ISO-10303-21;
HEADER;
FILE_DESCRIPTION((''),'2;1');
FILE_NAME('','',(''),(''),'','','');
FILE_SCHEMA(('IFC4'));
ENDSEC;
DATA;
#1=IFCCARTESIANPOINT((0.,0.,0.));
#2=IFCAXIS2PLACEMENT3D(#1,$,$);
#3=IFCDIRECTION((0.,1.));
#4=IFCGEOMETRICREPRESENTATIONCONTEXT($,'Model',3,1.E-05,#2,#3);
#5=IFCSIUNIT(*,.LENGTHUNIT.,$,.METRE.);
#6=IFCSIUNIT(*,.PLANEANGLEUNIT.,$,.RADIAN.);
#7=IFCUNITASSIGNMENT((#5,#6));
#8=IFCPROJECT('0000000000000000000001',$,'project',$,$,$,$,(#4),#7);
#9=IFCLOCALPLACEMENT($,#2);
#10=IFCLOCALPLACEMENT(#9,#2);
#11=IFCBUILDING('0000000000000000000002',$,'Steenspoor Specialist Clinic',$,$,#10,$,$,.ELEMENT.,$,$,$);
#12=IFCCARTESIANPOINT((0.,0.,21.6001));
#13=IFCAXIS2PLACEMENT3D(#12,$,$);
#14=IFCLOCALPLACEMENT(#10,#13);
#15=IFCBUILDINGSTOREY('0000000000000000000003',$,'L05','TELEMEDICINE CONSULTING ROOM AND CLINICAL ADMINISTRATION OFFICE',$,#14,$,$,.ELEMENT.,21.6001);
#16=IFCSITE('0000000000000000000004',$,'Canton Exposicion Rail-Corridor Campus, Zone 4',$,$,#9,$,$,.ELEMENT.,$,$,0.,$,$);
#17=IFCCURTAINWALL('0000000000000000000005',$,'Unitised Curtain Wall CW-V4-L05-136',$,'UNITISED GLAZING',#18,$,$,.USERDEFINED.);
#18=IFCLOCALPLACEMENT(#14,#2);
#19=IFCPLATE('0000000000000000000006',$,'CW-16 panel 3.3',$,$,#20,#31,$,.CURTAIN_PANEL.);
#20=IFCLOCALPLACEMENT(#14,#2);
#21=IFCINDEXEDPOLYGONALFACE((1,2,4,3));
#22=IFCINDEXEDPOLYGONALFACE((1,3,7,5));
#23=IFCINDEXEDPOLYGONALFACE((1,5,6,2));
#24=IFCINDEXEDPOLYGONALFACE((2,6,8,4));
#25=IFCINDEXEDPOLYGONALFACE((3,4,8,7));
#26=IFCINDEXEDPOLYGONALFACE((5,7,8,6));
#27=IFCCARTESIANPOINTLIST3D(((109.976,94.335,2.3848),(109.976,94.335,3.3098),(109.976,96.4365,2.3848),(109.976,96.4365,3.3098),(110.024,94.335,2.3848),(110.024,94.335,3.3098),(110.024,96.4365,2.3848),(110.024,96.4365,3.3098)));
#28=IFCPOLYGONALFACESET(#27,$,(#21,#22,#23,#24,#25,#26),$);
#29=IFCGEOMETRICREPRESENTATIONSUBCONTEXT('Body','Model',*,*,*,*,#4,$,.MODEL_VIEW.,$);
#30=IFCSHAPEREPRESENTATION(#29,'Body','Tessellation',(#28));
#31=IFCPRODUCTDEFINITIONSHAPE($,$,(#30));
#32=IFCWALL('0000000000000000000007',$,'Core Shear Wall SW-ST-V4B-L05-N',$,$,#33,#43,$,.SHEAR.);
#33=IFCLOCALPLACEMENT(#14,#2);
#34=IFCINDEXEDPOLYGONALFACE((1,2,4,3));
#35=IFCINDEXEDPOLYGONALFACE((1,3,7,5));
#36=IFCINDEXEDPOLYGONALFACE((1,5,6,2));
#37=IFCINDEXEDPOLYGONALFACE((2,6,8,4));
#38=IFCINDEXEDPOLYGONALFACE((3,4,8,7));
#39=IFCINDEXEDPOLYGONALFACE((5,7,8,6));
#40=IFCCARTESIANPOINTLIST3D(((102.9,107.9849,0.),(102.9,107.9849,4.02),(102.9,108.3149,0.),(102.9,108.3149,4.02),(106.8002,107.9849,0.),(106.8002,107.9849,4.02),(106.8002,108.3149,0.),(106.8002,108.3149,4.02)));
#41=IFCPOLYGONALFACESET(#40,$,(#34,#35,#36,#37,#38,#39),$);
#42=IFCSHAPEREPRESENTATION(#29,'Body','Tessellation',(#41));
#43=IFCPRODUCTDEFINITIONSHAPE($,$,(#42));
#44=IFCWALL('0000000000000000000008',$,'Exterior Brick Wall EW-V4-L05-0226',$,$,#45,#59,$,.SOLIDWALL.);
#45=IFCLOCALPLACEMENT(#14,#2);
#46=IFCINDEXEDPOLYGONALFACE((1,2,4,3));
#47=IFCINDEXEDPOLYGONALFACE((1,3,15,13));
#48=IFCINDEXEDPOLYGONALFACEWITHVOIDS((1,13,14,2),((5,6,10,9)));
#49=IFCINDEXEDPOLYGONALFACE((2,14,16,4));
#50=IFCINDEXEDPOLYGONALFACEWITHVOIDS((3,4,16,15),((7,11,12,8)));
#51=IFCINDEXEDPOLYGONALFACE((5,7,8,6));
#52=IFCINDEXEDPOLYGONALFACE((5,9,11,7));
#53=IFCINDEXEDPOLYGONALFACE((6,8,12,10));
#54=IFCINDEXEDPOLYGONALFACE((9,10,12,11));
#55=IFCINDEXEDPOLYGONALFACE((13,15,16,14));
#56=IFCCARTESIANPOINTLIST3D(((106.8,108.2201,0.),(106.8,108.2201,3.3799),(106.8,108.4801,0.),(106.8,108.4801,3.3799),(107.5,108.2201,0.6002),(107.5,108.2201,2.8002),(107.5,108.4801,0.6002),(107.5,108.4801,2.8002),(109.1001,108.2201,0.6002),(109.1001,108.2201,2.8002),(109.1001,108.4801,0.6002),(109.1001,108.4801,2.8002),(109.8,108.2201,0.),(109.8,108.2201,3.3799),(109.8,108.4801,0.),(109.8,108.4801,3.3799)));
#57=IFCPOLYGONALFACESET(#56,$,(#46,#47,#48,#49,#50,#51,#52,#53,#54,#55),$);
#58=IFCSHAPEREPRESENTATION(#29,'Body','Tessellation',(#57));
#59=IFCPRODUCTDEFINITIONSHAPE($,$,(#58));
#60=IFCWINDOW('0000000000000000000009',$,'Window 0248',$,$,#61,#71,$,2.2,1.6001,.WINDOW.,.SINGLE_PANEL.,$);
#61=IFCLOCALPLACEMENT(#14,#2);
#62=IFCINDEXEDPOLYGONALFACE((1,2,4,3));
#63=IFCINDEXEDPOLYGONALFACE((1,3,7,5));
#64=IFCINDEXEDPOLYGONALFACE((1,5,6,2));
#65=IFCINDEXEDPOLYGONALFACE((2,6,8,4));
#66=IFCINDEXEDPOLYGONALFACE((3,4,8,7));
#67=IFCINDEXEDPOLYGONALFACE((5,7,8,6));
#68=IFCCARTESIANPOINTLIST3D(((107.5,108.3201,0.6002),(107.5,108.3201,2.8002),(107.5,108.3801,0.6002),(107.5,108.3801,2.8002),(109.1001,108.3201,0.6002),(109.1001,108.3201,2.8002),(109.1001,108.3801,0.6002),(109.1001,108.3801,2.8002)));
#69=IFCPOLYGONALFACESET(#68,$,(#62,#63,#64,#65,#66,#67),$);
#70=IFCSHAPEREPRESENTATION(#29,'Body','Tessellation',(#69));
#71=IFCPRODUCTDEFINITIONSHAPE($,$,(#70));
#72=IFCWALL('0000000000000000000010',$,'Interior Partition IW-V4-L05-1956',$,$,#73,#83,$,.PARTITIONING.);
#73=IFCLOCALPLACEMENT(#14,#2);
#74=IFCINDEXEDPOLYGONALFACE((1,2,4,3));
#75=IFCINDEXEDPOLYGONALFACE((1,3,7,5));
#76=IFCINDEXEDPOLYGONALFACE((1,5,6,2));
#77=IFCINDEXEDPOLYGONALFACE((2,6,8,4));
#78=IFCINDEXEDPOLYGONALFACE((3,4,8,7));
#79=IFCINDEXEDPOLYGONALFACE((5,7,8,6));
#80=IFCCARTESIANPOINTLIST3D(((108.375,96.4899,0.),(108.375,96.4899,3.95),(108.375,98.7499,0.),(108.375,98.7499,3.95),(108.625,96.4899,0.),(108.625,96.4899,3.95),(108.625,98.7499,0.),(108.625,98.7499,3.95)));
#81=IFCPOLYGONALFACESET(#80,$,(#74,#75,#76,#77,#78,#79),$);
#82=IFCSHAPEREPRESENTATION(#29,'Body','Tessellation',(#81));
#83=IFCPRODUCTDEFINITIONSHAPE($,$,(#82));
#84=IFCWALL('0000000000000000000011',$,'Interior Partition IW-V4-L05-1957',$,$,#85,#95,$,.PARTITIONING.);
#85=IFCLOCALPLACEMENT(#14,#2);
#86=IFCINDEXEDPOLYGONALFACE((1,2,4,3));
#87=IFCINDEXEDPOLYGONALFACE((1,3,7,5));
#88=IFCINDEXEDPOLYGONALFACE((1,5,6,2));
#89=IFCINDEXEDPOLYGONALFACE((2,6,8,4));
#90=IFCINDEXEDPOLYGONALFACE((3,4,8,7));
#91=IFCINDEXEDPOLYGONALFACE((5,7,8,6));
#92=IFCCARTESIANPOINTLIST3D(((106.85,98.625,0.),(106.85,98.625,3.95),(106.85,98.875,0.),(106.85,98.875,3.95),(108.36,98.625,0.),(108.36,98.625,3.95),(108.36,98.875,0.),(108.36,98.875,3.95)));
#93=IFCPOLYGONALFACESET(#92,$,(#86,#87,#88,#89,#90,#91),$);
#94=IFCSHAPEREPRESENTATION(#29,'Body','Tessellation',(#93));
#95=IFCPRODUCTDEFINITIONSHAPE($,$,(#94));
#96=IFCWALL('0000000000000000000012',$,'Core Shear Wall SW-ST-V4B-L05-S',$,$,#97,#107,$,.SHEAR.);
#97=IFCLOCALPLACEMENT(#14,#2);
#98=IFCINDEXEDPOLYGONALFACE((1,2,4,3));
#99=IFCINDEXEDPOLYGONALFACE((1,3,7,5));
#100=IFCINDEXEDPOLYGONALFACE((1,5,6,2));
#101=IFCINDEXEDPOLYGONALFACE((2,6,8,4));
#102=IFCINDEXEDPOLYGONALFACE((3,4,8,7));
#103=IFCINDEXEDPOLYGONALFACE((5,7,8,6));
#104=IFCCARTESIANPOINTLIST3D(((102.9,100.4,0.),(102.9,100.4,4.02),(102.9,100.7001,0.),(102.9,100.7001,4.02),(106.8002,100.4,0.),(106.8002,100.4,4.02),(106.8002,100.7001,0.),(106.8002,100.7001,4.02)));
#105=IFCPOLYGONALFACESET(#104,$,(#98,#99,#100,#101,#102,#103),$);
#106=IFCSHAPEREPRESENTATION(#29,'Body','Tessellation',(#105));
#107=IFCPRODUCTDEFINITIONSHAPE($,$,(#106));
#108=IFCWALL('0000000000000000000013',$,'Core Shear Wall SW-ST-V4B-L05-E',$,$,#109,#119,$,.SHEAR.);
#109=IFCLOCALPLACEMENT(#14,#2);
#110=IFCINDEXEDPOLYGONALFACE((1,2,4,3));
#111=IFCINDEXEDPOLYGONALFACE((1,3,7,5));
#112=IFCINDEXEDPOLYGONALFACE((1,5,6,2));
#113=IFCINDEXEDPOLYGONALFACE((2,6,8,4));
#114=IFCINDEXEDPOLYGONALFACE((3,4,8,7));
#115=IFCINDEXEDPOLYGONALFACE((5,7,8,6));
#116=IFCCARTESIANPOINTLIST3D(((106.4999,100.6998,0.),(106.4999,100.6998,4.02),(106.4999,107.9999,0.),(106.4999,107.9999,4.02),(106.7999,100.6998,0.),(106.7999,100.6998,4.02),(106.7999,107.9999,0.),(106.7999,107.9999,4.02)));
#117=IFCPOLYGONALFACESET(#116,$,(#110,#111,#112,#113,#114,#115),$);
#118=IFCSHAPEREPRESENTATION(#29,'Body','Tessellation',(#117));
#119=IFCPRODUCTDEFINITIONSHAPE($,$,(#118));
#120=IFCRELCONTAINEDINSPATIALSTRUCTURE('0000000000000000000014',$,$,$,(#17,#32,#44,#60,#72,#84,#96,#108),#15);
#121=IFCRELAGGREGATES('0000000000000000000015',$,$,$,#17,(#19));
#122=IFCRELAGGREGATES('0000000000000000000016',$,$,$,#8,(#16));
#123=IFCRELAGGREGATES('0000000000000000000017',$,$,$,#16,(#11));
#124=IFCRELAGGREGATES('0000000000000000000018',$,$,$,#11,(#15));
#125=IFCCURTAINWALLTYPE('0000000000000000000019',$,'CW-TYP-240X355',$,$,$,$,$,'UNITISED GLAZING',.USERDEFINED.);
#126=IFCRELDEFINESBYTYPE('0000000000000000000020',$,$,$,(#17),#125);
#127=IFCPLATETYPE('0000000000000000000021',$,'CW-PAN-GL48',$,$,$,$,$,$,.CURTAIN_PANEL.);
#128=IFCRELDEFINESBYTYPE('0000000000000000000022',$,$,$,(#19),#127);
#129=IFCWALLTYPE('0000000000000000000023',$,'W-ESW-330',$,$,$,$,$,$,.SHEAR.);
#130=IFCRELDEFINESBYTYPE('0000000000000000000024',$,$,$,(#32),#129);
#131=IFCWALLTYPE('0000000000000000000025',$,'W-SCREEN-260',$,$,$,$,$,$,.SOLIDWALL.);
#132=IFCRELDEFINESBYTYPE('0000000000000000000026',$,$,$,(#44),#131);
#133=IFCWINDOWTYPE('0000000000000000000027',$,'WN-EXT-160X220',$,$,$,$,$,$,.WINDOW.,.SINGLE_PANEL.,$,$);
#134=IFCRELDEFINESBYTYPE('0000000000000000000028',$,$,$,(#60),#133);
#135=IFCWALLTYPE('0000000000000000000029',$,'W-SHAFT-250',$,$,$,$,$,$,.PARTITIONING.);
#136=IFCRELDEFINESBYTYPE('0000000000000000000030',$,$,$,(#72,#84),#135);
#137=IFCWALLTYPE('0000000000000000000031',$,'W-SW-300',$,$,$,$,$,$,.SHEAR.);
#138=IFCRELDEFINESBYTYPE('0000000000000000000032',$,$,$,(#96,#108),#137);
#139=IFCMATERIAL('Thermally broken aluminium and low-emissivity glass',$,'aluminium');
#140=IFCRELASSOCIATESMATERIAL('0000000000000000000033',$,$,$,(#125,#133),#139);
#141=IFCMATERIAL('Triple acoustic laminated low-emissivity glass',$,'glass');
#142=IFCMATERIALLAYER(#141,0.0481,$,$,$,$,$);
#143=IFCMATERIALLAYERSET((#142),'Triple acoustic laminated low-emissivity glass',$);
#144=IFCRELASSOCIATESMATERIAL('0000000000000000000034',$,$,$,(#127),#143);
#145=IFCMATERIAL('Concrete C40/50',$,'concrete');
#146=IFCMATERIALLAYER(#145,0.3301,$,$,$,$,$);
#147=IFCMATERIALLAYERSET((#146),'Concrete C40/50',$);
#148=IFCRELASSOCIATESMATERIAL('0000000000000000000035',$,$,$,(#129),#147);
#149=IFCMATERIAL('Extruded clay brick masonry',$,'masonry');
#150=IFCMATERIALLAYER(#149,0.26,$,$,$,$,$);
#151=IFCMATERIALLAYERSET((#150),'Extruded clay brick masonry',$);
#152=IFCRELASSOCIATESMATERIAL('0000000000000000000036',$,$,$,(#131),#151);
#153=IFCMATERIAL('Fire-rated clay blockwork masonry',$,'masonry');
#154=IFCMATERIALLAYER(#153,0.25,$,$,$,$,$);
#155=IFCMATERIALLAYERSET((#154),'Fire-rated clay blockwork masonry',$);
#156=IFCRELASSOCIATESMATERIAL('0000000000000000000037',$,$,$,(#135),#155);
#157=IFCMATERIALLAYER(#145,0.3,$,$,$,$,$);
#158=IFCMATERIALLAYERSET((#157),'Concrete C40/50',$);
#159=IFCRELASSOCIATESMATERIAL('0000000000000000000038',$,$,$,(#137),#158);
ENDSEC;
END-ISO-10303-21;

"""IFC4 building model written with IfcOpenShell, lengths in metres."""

from ifc_helpers import new_model, si_unit, direction, frame, frame_2d, origin, origin_2d, place, context, subcontext, project, spatial, rectangle, extrude, material, layer, layer_set, type_object, element, fill, aggregate, save


model = new_model("IFC4")

# Units and contexts
model_context = context("Model", 3, precision=1e-05, world=origin(), true_north=direction((0.0, 1.0)))
body_context = subcontext(model_context, "Body", "Model", "MODEL_VIEW")
ifc_project = project(units=[si_unit("LENGTHUNIT", "METRE"), si_unit("PLANEANGLEUNIT", "RADIAN")], contexts=[model_context])

# Site, building, storey
site_placement = place(None, origin())
site = spatial("IfcSite", under=ifc_project, at=site_placement, Name="Canton Exposicion Rail-Corridor Campus, Zone 4", CompositionType="ELEMENT", RefElevation=0.0)
building_placement = place(site_placement, origin())
building = spatial("IfcBuilding", under=site, at=building_placement, Name="Steenspoor Specialist Clinic", CompositionType="ELEMENT")
storey_placement = place(building_placement, frame((0.0, 0.0, 21.6001)))
storey = spatial("IfcBuildingStorey", under=building, at=storey_placement, Name="L05", Description="TELEMEDICINE CONSULTING ROOM AND CLINICAL ADMINISTRATION OFFICE", CompositionType="ELEMENT", Elevation=21.6001)

# Curtain wall
ifc_material_1 = material(Name="Thermally broken aluminium and low-emissivity glass", Category="aluminium")
curtain_wall_type = type_object("IfcCurtainWallType", Name="CW-TYP-240X355", ElementType="UNITISED GLAZING", PredefinedType="USERDEFINED", material=ifc_material_1)
curtain_wall_placement = place(storey_placement, origin())
curtain_wall = element("IfcCurtainWall", 1, at=curtain_wall_placement, inside=storey, type_object=curtain_wall_type, Name="Unitised Curtain Wall CW-V4-L05-136", ObjectType="UNITISED GLAZING", PredefinedType="USERDEFINED")

# Plate
ifc_material_2 = material(Name="Triple acoustic laminated low-emissivity glass", Category="glass")
ifc_layer_1 = layer(ifc_material_2, 0.0481)
ifc_layer_set_1 = layer_set([ifc_layer_1], Name="Triple acoustic laminated low-emissivity glass")
plate_type = type_object("IfcPlateType", Name="CW-PAN-GL48", PredefinedType="CURTAIN_PANEL", material=ifc_layer_set_1)
plate_1_placement = place(storey_placement, frame((110.0, 95.3857, 2.3848), z_axis=(0.0, 0.0, 1.0), x_axis=(0.0, -1.0, 0.0)))
plate_1 = element("IfcPlate", 2, at=plate_1_placement, type_object=plate_type, Name="CW-16 panel 3.3", PredefinedType="CURTAIN_PANEL", context=body_context, shape_type="SweptSolid", body=[
    extrude(rectangle(XDim=2.1016, YDim=0.0481, at=origin_2d()), origin(), (0.0, 0.0, 1.0), 0.925),
])
aggregate(curtain_wall, [plate_1])

# Wall
ifc_material_3 = material(Name="Concrete C40/50", Category="concrete")
ifc_layer_2 = layer(ifc_material_3, 0.3301)
ifc_layer_set_2 = layer_set([ifc_layer_2], Name="Concrete C40/50")
wall_type_1 = type_object("IfcWallType", Name="W-ESW-330", PredefinedType="SHEAR", material=ifc_layer_set_2)
wall_1_placement = place(storey_placement, frame((102.8999, 108.1499, 0.0), z_axis=(0.0, 0.0, 1.0), x_axis=(1.0, 0.0, 0.0)))
element("IfcWall", 3, at=wall_1_placement, inside=storey, type_object=wall_type_1, Name="Core Shear Wall SW-ST-V4B-L05-N", PredefinedType="SHEAR", context=body_context, shape_type="SweptSolid", body=[
    extrude(rectangle(XDim=3.9001, YDim=0.3301, at=frame_2d((1.9502, 0.0))), origin(), (0.0, 0.0, 1.0), 4.02),
])

# Wall, opening, window
ifc_material_4 = material(Name="Extruded clay brick masonry", Category="masonry")
ifc_layer_3 = layer(ifc_material_4, 0.26)
ifc_layer_set_3 = layer_set([ifc_layer_3], Name="Extruded clay brick masonry")
wall_type_2 = type_object("IfcWallType", Name="W-SCREEN-260", PredefinedType="SOLIDWALL", material=ifc_layer_set_3)
wall_2_placement = place(storey_placement, frame((106.8, 108.3501, 0.0), z_axis=(0.0, 0.0, 1.0), x_axis=(1.0, 0.0, 0.0)))
wall_2 = element("IfcWall", 4, at=wall_2_placement, inside=storey, type_object=wall_type_2, Name="Exterior Brick Wall EW-V4-L05-0226", PredefinedType="SOLIDWALL", context=body_context, shape_type="SweptSolid", body=[
    extrude(rectangle(XDim=3.0, YDim=0.26, at=frame_2d((1.5, 0.0))), origin(), (0.0, 0.0, 1.0), 3.3799),
])
opening_1_placement = place(wall_2_placement, frame((0.7, 0.0, 0.6001)))
opening_1 = element("IfcOpeningElement", 5, at=opening_1_placement, cuts=wall_2, PredefinedType="OPENING", context=body_context, shape_type="SweptSolid", body=[
    extrude(rectangle(XDim=1.6001, YDim=2.2, at=frame_2d((0.8, 1.1001))), frame((0.0, 0.1401, 0.0), z_axis=(0.0, -1.0, 0.0), x_axis=(1.0, 0.0, 0.0)), (0.0, 0.0, 1.0), 0.28),
])
window_type = type_object("IfcWindowType", Name="WN-EXT-160X220", PartitioningType="SINGLE_PANEL", PredefinedType="WINDOW", material=ifc_material_1)
window_placement = place(opening_1_placement, origin())
window = element("IfcWindow", 6, at=window_placement, inside=storey, type_object=window_type, Name="Window 0248", OverallHeight=2.2, OverallWidth=1.6001, PartitioningType="SINGLE_PANEL", PredefinedType="WINDOW", context=body_context, shape_type="SweptSolid", body=[
    extrude(rectangle(XDim=1.6001, YDim=2.2, at=frame_2d((0.8, 1.1001))), frame((0.0, 0.03, 0.0), z_axis=(0.0, -1.0, 0.0), x_axis=(1.0, 0.0, 0.0)), (0.0, 0.0, 1.0), 0.0601),
])
fill(opening_1, window)

# Walls
ifc_material_5 = material(Name="Fire-rated clay blockwork masonry", Category="masonry")
ifc_layer_4 = layer(ifc_material_5, 0.25)
ifc_layer_set_4 = layer_set([ifc_layer_4], Name="Fire-rated clay blockwork masonry")
wall_type_3 = type_object("IfcWallType", Name="W-SHAFT-250", PredefinedType="PARTITIONING", material=ifc_layer_set_4)
wall_3_placement = place(storey_placement, frame((108.5, 96.49, 0.0), z_axis=(0.0, 0.0, 1.0), x_axis=(0.0, 1.0, 0.0)))
element("IfcWall", 7, at=wall_3_placement, inside=storey, type_object=wall_type_3, Name="Interior Partition IW-V4-L05-1956", PredefinedType="PARTITIONING", context=body_context, shape_type="SweptSolid", body=[
    extrude(rectangle(XDim=2.26, YDim=0.25, at=frame_2d((1.1299, 0.0))), origin(), (0.0, 0.0, 1.0), 3.95),
])
wall_4_placement = place(storey_placement, frame((106.8501, 98.75, 0.0), z_axis=(0.0, 0.0, 1.0), x_axis=(1.0, 0.0, 0.0)))
element("IfcWall", 8, at=wall_4_placement, inside=storey, type_object=wall_type_3, Name="Interior Partition IW-V4-L05-1957", PredefinedType="PARTITIONING", context=body_context, shape_type="SweptSolid", body=[
    extrude(rectangle(XDim=1.51, YDim=0.25, at=frame_2d((0.7549, 0.0))), origin(), (0.0, 0.0, 1.0), 3.95),
])
ifc_layer_5 = layer(ifc_material_3, 0.3)
ifc_layer_set_5 = layer_set([ifc_layer_5], Name="Concrete C40/50")
wall_type_4 = type_object("IfcWallType", Name="W-SW-300", PredefinedType="SHEAR", material=ifc_layer_set_5)
wall_5_placement = place(storey_placement, frame((102.8999, 100.55, 0.0), z_axis=(0.0, 0.0, 1.0), x_axis=(1.0, 0.0, 0.0)))
element("IfcWall", 9, at=wall_5_placement, inside=storey, type_object=wall_type_4, Name="Core Shear Wall SW-ST-V4B-L05-S", PredefinedType="SHEAR", context=body_context, shape_type="SweptSolid", body=[
    extrude(rectangle(XDim=3.9001, YDim=0.3, at=frame_2d((1.9502, 0.0))), origin(), (0.0, 0.0, 1.0), 4.02),
])

# Wall
wall_6_placement = place(storey_placement, frame((106.6499, 100.7, 0.0), z_axis=(0.0, 0.0, 1.0), x_axis=(0.0, 1.0, 0.0)))
element("IfcWall", 10, at=wall_6_placement, inside=storey, type_object=wall_type_4, Name="Core Shear Wall SW-ST-V4B-L05-E", PredefinedType="SHEAR", context=body_context, shape_type="SweptSolid", body=[
    extrude(rectangle(XDim=7.3, YDim=0.3, at=frame_2d((3.6499, 0.0))), origin(), (0.0, 0.0, 1.0), 4.02),
])

save(model, "model.ifc")
